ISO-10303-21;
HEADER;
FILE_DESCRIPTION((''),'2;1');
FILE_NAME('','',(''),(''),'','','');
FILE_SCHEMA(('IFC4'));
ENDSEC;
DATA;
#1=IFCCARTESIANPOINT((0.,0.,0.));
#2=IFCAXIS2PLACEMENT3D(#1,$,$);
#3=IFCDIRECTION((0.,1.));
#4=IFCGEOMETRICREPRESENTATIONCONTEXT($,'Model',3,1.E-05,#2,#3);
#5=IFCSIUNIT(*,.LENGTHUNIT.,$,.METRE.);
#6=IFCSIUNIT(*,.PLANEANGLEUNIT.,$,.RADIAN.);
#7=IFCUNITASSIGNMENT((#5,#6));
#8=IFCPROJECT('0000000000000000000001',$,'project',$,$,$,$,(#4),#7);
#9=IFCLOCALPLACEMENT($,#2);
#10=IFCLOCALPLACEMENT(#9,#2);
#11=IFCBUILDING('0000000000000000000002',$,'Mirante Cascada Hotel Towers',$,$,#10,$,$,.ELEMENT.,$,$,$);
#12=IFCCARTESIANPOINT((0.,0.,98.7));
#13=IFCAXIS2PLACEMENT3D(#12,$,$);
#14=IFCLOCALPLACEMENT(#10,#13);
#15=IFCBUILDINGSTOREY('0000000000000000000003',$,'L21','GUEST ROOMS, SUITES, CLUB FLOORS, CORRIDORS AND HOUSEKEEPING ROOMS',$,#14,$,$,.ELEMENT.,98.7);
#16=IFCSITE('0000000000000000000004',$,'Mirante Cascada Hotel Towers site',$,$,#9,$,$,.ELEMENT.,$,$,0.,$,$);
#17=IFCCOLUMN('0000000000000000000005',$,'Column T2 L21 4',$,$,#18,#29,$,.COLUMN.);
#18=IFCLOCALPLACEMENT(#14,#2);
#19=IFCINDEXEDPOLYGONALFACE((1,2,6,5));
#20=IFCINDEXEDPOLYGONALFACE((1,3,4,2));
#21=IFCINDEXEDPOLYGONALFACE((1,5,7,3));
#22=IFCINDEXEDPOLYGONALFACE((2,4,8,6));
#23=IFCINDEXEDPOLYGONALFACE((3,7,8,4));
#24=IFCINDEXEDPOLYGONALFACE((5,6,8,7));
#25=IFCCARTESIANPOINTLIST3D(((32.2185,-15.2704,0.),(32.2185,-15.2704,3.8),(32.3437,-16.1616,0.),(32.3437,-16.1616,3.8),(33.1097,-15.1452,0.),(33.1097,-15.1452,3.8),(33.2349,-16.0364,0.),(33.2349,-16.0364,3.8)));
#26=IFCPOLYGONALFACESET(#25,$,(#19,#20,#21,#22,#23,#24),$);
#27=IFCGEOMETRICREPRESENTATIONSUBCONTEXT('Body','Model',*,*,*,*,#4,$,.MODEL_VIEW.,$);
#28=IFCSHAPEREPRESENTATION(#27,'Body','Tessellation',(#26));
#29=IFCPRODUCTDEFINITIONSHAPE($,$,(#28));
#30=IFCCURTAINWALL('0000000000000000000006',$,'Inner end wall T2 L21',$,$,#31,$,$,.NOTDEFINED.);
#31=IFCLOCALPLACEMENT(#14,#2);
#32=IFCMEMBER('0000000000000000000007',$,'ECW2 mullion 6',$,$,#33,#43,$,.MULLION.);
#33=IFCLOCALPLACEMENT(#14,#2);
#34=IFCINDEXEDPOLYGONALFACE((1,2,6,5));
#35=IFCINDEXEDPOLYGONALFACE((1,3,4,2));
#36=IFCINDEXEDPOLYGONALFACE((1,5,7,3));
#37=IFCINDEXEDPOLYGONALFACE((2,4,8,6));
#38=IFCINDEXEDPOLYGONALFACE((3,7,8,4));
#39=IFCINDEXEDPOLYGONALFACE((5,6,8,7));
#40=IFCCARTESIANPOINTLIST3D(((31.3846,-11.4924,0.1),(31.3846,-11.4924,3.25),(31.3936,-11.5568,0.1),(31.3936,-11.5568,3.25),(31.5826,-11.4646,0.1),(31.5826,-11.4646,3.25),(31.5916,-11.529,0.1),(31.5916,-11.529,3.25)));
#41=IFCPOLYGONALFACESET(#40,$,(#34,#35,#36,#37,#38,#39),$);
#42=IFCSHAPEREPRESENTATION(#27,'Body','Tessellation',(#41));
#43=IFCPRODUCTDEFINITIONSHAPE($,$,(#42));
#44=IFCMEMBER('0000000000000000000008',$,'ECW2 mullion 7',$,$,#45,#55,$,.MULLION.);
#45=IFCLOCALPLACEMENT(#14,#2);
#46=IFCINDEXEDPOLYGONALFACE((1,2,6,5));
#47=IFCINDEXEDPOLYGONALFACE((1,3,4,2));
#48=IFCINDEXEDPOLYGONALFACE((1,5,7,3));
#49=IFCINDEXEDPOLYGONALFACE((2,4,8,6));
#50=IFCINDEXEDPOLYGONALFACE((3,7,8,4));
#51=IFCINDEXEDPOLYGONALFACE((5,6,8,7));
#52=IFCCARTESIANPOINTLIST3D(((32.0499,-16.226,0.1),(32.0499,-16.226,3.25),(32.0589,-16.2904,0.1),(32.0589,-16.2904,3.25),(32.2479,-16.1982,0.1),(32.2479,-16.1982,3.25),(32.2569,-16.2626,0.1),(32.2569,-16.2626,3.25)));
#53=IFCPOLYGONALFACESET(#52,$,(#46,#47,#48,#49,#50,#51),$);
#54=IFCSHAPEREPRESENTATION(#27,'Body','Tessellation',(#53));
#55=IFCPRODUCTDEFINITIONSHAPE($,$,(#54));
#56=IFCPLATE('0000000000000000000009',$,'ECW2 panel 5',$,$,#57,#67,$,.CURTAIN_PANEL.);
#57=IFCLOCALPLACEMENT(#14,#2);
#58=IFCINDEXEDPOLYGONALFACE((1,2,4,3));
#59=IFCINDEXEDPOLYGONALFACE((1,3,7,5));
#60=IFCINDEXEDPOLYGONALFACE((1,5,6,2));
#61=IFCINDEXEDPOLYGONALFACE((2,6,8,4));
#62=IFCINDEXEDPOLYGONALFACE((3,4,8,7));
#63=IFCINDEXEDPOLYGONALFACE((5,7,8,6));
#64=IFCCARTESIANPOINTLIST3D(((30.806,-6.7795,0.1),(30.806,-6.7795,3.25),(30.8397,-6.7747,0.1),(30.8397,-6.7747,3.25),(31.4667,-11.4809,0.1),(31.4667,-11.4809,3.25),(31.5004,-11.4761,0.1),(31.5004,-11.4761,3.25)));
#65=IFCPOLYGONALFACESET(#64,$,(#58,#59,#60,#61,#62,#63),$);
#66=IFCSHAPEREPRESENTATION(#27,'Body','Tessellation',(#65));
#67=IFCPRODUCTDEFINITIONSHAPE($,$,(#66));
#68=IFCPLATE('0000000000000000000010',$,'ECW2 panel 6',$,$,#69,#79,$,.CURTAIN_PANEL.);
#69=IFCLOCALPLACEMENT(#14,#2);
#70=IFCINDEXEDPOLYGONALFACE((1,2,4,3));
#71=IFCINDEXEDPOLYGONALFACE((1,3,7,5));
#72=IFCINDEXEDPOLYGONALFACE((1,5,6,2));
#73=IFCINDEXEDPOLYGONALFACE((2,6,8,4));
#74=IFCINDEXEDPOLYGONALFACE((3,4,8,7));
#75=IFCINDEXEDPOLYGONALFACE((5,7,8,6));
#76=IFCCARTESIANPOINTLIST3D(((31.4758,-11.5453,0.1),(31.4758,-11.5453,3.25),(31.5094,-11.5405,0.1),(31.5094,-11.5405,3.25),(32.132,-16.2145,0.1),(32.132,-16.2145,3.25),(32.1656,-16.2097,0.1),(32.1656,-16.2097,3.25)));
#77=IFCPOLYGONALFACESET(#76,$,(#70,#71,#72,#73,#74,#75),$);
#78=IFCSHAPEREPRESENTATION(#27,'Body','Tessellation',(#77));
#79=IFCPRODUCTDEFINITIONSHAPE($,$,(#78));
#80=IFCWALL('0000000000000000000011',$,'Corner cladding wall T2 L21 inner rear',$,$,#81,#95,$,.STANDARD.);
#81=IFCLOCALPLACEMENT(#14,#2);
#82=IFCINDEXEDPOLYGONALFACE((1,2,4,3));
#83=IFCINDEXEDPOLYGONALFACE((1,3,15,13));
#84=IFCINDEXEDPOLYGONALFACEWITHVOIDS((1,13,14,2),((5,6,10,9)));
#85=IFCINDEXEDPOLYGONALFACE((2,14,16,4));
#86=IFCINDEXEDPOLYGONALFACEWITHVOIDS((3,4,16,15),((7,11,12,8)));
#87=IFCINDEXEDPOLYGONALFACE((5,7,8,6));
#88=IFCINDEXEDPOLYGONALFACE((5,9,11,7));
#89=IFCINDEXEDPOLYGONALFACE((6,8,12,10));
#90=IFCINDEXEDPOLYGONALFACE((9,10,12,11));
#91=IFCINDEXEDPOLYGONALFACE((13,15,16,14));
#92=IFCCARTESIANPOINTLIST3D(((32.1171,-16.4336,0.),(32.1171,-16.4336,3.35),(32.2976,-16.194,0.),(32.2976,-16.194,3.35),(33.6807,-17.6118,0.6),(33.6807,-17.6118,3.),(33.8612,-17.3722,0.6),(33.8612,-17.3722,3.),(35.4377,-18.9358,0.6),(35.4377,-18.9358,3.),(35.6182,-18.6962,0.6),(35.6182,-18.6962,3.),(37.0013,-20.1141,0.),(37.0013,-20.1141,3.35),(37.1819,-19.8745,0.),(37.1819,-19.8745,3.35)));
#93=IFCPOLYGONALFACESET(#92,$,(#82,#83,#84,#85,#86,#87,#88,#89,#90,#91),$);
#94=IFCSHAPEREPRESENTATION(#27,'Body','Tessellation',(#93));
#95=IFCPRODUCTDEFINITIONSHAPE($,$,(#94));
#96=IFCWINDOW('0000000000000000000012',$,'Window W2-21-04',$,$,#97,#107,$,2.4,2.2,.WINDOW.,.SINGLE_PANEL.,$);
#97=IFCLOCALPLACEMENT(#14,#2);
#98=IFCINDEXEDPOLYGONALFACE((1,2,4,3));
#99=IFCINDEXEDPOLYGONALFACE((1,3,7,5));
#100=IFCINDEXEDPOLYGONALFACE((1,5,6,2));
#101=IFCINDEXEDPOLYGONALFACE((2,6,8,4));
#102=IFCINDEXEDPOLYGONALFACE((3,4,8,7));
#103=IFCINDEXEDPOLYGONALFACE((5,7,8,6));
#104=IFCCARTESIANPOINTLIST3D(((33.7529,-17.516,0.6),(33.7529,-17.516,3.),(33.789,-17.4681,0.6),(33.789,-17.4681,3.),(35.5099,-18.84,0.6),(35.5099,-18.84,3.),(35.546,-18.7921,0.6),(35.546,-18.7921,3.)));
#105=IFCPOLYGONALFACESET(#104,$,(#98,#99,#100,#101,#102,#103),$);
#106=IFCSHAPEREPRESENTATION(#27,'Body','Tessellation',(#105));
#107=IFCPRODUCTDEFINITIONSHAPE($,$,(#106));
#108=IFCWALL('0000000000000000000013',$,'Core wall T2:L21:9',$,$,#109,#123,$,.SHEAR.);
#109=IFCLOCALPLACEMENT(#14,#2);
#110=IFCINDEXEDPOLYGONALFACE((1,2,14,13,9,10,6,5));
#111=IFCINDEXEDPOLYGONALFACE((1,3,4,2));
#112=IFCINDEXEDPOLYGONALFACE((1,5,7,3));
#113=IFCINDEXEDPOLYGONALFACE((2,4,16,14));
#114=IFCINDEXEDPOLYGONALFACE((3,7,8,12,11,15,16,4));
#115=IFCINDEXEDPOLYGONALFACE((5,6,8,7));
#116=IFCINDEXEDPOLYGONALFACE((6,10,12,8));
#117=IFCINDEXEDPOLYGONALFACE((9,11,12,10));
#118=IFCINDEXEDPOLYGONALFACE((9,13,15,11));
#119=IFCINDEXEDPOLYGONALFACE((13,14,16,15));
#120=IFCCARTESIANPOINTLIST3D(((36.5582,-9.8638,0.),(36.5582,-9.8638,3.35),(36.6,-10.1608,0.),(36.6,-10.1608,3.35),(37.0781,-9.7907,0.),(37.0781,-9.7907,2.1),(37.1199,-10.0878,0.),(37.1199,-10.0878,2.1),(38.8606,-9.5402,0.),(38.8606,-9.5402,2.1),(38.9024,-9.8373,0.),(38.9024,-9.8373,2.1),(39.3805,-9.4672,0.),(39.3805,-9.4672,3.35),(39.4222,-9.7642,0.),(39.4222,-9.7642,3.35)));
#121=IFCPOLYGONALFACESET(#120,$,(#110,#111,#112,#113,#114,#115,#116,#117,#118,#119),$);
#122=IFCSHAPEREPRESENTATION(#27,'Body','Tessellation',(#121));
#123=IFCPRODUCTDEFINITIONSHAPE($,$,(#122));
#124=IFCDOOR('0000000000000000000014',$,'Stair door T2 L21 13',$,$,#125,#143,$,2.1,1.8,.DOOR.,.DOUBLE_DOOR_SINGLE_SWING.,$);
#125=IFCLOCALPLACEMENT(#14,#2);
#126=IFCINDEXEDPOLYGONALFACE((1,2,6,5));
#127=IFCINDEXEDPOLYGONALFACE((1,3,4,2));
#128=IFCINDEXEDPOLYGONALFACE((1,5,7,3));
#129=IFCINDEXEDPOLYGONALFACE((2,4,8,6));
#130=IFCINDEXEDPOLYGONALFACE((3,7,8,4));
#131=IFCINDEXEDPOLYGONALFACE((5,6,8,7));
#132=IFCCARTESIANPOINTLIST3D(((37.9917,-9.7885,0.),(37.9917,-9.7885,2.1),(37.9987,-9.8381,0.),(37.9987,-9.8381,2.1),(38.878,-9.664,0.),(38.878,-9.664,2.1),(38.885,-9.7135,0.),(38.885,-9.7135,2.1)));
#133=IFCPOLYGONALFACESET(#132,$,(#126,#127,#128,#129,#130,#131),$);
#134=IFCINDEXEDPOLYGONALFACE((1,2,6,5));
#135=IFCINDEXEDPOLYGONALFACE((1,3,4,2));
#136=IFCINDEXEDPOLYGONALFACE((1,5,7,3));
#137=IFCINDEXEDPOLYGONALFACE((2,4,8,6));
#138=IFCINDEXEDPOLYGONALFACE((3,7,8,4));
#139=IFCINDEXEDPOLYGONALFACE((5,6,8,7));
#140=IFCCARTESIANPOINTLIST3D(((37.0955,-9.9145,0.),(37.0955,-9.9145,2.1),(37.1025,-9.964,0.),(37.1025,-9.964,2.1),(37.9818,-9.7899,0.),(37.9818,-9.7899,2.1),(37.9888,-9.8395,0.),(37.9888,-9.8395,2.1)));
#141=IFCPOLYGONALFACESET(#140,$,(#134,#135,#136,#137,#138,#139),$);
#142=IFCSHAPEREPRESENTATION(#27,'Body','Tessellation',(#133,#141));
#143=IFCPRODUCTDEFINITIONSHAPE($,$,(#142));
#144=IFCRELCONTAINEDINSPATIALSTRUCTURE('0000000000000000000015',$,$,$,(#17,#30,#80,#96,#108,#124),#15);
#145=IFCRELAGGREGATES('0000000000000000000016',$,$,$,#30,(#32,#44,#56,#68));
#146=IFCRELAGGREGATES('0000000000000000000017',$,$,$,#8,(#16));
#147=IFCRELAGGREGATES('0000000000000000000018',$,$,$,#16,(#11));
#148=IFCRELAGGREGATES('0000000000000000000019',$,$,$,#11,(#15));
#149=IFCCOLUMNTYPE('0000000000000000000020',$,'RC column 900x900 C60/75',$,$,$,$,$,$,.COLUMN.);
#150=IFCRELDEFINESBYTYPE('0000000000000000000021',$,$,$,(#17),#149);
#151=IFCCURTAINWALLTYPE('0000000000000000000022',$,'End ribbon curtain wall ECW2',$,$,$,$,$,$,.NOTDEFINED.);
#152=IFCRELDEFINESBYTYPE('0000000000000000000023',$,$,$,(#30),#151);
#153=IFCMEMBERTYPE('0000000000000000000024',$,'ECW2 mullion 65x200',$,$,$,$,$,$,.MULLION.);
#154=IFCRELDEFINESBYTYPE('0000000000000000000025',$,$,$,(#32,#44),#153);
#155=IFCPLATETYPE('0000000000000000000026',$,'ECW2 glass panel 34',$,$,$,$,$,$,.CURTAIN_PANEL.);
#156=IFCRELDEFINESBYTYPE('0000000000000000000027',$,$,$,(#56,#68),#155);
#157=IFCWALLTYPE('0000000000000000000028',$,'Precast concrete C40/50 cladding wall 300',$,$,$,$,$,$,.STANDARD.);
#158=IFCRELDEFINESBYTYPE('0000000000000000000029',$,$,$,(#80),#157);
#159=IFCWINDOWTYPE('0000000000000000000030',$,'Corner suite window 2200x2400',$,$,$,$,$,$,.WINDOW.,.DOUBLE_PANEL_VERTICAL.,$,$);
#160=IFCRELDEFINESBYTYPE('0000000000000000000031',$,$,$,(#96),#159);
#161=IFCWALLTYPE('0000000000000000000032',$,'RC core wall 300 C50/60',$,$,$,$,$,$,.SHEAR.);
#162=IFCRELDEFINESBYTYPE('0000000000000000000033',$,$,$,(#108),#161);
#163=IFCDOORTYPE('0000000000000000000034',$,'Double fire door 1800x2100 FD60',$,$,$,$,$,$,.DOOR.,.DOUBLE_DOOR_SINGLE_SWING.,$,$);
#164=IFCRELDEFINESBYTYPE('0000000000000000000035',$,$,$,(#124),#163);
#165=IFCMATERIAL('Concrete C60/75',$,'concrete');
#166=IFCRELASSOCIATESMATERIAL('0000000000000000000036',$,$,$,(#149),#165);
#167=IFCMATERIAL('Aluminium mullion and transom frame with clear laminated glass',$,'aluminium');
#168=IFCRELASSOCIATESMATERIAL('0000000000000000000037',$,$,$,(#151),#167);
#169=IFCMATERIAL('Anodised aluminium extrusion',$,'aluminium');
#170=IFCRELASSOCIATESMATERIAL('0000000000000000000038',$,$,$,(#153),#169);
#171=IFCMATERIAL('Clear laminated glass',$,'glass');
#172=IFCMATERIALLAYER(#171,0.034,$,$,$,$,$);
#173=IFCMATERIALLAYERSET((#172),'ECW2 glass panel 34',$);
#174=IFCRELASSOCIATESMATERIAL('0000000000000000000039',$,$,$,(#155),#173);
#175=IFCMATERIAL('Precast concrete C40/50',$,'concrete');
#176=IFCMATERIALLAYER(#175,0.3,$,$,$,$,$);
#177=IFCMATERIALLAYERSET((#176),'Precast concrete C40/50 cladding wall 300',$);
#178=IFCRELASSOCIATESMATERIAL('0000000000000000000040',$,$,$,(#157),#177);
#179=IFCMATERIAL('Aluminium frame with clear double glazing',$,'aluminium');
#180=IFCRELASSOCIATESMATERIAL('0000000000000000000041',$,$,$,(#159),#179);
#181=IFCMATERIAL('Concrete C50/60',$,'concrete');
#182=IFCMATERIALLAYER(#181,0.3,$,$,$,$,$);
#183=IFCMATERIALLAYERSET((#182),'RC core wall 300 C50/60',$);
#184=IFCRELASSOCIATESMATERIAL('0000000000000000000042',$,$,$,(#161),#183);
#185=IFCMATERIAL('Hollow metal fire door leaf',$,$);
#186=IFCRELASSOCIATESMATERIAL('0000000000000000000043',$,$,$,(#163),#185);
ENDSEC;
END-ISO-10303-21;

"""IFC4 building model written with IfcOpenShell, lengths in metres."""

from ifc_helpers import new_model, si_unit, direction, frame, frame_2d, origin, origin_2d, place, context, subcontext, project, spatial, rectangle, extrude, material, layer, layer_set, material_profile, profile_set, type_object, element, fill, aggregate, save


model = new_model("IFC4")

# Units and contexts
model_context = context("Model", 3, precision=1e-05, world=origin(), true_north=direction((0.0, 1.0)))
body_context = subcontext(model_context, "Body", "Model", "MODEL_VIEW")
ifc_project = project(units=[si_unit("LENGTHUNIT", "METRE"), si_unit("PLANEANGLEUNIT", "RADIAN")], contexts=[model_context])

# Site, building, storey
site_placement = place(None, origin())
site = spatial("IfcSite", under=ifc_project, at=site_placement, Name="Mirante Cascada Hotel Towers site", CompositionType="ELEMENT", RefElevation=0.0)
building_placement = place(site_placement, origin())
building = spatial("IfcBuilding", under=site, at=building_placement, Name="Mirante Cascada Hotel Towers", CompositionType="ELEMENT")
storey_placement = place(building_placement, frame((0.0, 0.0, 98.7)))
storey = spatial("IfcBuildingStorey", under=building, at=storey_placement, Name="L21", Description="GUEST ROOMS, SUITES, CLUB FLOORS, CORRIDORS AND HOUSEKEEPING ROOMS", CompositionType="ELEMENT", Elevation=98.7)

# Column
ifc_material_1 = material(Name="Concrete C60/75", Category="concrete")
ifc_material_profile_1 = material_profile(ifc_material_1, rectangle(XDim=0.9, YDim=0.9, at=origin_2d()), Name="RC column 900x900 C60/75")
ifc_profile_set_1 = profile_set([ifc_material_profile_1], Name="Concrete C60/75")
column_type = type_object("IfcColumnType", Name="RC column 900x900 C60/75", PredefinedType="COLUMN", material=ifc_profile_set_1)
column_placement = place(storey_placement, frame((32.7267, -15.6534, 0.0), z_axis=(0.0, 0.0, 1.0), x_axis=(0.990268, 0.139173, 0.0)))
element("IfcColumn", 1, at=column_placement, inside=storey, type_object=column_type, Name="Column T2 L21 4", PredefinedType="COLUMN", context=body_context, shape_type="SweptSolid", body=[
    extrude(rectangle(XDim=0.9, YDim=0.9, at=origin_2d()), origin(), (0.0, 0.0, 1.0), 3.8),
])

# Curtain wall, members, plates
ifc_material_2 = material(Name="Aluminium mullion and transom frame with clear laminated glass", Category="aluminium")
curtain_wall_type = type_object("IfcCurtainWallType", Name="End ribbon curtain wall ECW2", PredefinedType="NOTDEFINED", material=ifc_material_2)
curtain_wall_placement = place(storey_placement, origin())
curtain_wall = element("IfcCurtainWall", 2, at=curtain_wall_placement, inside=storey, type_object=curtain_wall_type, Name="Inner end wall T2 L21", PredefinedType="NOTDEFINED")
ifc_material_3 = material(Name="Anodised aluminium extrusion", Category="aluminium")
ifc_material_profile_2 = material_profile(ifc_material_3, rectangle(XDim=0.2, YDim=0.065, at=origin_2d()), Name="ECW2 MULLION 65x200")
ifc_profile_set_2 = profile_set([ifc_material_profile_2], Name="Anodised aluminium extrusion")
member_type = type_object("IfcMemberType", Name="ECW2 mullion 65x200", PredefinedType="MULLION", material=ifc_profile_set_2)
member_1_placement = place(storey_placement, frame((31.4881, -11.5107, 0.1), z_axis=(0.0, 0.0, 1.0), x_axis=(0.990268, 0.139173, 0.0)))
member_1 = element("IfcMember", 3, at=member_1_placement, type_object=member_type, Name="ECW2 mullion 6", PredefinedType="MULLION", context=body_context, shape_type="SweptSolid", body=[
    extrude(rectangle(XDim=0.2, YDim=0.065, at=origin_2d()), origin(), (0.0, 0.0, 1.0), 3.15),
])
member_2_placement = place(storey_placement, frame((32.1534, -16.2443, 0.1), z_axis=(0.0, 0.0, 1.0), x_axis=(0.990268, 0.139173, 0.0)))
member_2 = element("IfcMember", 4, at=member_2_placement, type_object=member_type, Name="ECW2 mullion 7", PredefinedType="MULLION", context=body_context, shape_type="SweptSolid", body=[
    extrude(rectangle(XDim=0.2, YDim=0.065, at=origin_2d()), origin(), (0.0, 0.0, 1.0), 3.15),
])
ifc_material_4 = material(Name="Clear laminated glass", Category="glass")
ifc_layer_1 = layer(ifc_material_4, 0.034)
ifc_layer_set_1 = layer_set([ifc_layer_1], Name="ECW2 glass panel 34")
plate_type = type_object("IfcPlateType", Name="ECW2 glass panel 34", PredefinedType="CURTAIN_PANEL", material=ifc_layer_set_1)
plate_1_placement = place(storey_placement, frame((31.1532, -9.1278, 0.1), z_axis=(0.0, 0.0, 1.0), x_axis=(0.139173, -0.990268, 0.0)))
plate_1 = element("IfcPlate", 5, at=plate_1_placement, type_object=plate_type, Name="ECW2 panel 5", PredefinedType="CURTAIN_PANEL", context=body_context, shape_type="SweptSolid", body=[
    extrude(rectangle(XDim=4.7476, YDim=0.034, at=origin_2d()), origin(), (0.0, 0.0, 1.0), 3.15),
])
plate_2_placement = place(storey_placement, frame((31.8207, -13.8775, 0.1), z_axis=(0.0, 0.0, 1.0), x_axis=(0.139173, -0.990268, 0.0)))
plate_2 = element("IfcPlate", 6, at=plate_2_placement, type_object=plate_type, Name="ECW2 panel 6", PredefinedType="CURTAIN_PANEL", context=body_context, shape_type="SweptSolid", body=[
    extrude(rectangle(XDim=4.7151, YDim=0.034, at=origin_2d()), origin(), (0.0, 0.0, 1.0), 3.15),
])
aggregate(curtain_wall, [member_1, member_2, plate_1, plate_2])

# Wall, opening, window
ifc_material_5 = material(Name="Precast concrete C40/50", Category="concrete")
ifc_layer_2 = layer(ifc_material_5, 0.3)
ifc_layer_set_2 = layer_set([ifc_layer_2], Name="Precast concrete C40/50 cladding wall 300")
wall_type_1 = type_object("IfcWallType", Name="Precast concrete C40/50 cladding wall 300", PredefinedType="STANDARD", material=ifc_layer_set_2)
wall_1_placement = place(storey_placement, frame((32.2074, -16.3138, 0.0), z_axis=(0.0, 0.0, 1.0), x_axis=(0.798636, -0.601814, 0.0)))
wall_1 = element("IfcWall", 7, at=wall_1_placement, inside=storey, type_object=wall_type_1, Name="Corner cladding wall T2 L21 inner rear", PredefinedType="STANDARD", context=body_context, shape_type="SweptSolid", body=[
    extrude(rectangle(XDim=6.1157, YDim=0.3, at=frame_2d((3.0578, 0.0))), origin(), (0.0, 0.0, 1.0), 3.35),
])
opening_1_placement = place(wall_1_placement, frame((1.9578, 0.0, 0.6)))
opening_1 = element("IfcOpeningElement", 8, at=opening_1_placement, cuts=wall_1, PredefinedType="OPENING", context=body_context, shape_type="SweptSolid", body=[
    extrude(rectangle(XDim=2.2, YDim=2.4, at=frame_2d((1.1, 1.2))), frame((0.0, 0.15, 0.0), z_axis=(0.0, -1.0, 0.0), x_axis=(1.0, 0.0, 0.0)), (0.0, 0.0, 1.0), 0.3),
])
ifc_material_6 = material(Name="Aluminium frame with clear double glazing", Category="aluminium")
window_type = type_object("IfcWindowType", Name="Corner suite window 2200x2400", PartitioningType="DOUBLE_PANEL_VERTICAL", PredefinedType="WINDOW", material=ifc_material_6)
window_placement = place(opening_1_placement, origin())
window = element("IfcWindow", 9, at=window_placement, inside=storey, type_object=window_type, Name="Window W2-21-04", OverallHeight=2.4, OverallWidth=2.2, PartitioningType="SINGLE_PANEL", PredefinedType="WINDOW", context=body_context, shape_type="SweptSolid", body=[
    extrude(rectangle(XDim=2.2, YDim=2.4, at=frame_2d((1.1, 1.2))), frame((0.0, 0.03, 0.0), z_axis=(0.0, -1.0, 0.0), x_axis=(1.0, 0.0, 0.0)), (0.0, 0.0, 1.0), 0.06),
])
fill(opening_1, window)

# Wall, opening, door
ifc_material_7 = material(Name="Concrete C50/60", Category="concrete")
ifc_layer_3 = layer(ifc_material_7, 0.3)
ifc_layer_set_3 = layer_set([ifc_layer_3], Name="RC core wall 300 C50/60")
wall_type_2 = type_object("IfcWallType", Name="RC core wall 300 C50/60", PredefinedType="SHEAR", material=ifc_layer_set_3)
wall_2_placement = place(storey_placement, frame((36.5791, -10.0123, 0.0), z_axis=(0.0, 0.0, 1.0), x_axis=(0.99027, 0.139156, 0.0)))
wall_2 = element("IfcWall", 10, at=wall_2_placement, inside=storey, type_object=wall_type_2, Name="Core wall T2:L21:9", PredefinedType="SHEAR", context=body_context, shape_type="SweptSolid", body=[
    extrude(rectangle(XDim=2.85, YDim=0.3, at=frame_2d((1.425, 0.0))), origin(), (0.0, 0.0, 1.0), 3.35),
])
opening_2_placement = place(wall_2_placement, frame((0.525, 0.0, 0.0)))
opening_2 = element("IfcOpeningElement", 11, at=opening_2_placement, cuts=wall_2, PredefinedType="OPENING", context=body_context, shape_type="SweptSolid", body=[
    extrude(rectangle(XDim=1.8, YDim=2.1, at=frame_2d((0.9, 1.05))), frame((0.0, 0.15, 0.0), z_axis=(0.0, -1.0, 0.0), x_axis=(1.0, 0.0, 0.0)), (0.0, 0.0, 1.0), 0.3),
])
ifc_material_8 = material(Name="Hollow metal fire door leaf")
door_type = type_object("IfcDoorType", Name="Double fire door 1800x2100 FD60", OperationType="DOUBLE_DOOR_SINGLE_SWING", PredefinedType="DOOR", material=ifc_material_8)
door_placement = place(opening_2_placement, frame((1.8, 0.0, 0.0), z_axis=(0.0, 0.0, 1.0), x_axis=(-1.0, 0.0, 0.0)))
door = element("IfcDoor", 12, at=door_placement, inside=storey, type_object=door_type, Name="Stair door T2 L21 13", OperationType="DOUBLE_DOOR_SINGLE_SWING", OverallHeight=2.1, OverallWidth=1.8, PredefinedType="DOOR", context=body_context, shape_type="SweptSolid", body=[
    extrude(rectangle(XDim=0.895, YDim=2.1, at=frame_2d((0.4475, 1.05))), frame((0.0, 0.025, 0.0), z_axis=(0.0, -1.0, 0.0), x_axis=(1.0, 0.0, 0.0)), (0.0, 0.0, 1.0), 0.05),
    extrude(rectangle(XDim=0.895, YDim=2.1, at=frame_2d((1.3525, 1.05))), frame((0.0, 0.025, 0.0), z_axis=(0.0, -1.0, 0.0), x_axis=(1.0, 0.0, 0.0)), (0.0, 0.0, 1.0), 0.05),
])
fill(opening_2, door)

save(model, "model.ifc")
